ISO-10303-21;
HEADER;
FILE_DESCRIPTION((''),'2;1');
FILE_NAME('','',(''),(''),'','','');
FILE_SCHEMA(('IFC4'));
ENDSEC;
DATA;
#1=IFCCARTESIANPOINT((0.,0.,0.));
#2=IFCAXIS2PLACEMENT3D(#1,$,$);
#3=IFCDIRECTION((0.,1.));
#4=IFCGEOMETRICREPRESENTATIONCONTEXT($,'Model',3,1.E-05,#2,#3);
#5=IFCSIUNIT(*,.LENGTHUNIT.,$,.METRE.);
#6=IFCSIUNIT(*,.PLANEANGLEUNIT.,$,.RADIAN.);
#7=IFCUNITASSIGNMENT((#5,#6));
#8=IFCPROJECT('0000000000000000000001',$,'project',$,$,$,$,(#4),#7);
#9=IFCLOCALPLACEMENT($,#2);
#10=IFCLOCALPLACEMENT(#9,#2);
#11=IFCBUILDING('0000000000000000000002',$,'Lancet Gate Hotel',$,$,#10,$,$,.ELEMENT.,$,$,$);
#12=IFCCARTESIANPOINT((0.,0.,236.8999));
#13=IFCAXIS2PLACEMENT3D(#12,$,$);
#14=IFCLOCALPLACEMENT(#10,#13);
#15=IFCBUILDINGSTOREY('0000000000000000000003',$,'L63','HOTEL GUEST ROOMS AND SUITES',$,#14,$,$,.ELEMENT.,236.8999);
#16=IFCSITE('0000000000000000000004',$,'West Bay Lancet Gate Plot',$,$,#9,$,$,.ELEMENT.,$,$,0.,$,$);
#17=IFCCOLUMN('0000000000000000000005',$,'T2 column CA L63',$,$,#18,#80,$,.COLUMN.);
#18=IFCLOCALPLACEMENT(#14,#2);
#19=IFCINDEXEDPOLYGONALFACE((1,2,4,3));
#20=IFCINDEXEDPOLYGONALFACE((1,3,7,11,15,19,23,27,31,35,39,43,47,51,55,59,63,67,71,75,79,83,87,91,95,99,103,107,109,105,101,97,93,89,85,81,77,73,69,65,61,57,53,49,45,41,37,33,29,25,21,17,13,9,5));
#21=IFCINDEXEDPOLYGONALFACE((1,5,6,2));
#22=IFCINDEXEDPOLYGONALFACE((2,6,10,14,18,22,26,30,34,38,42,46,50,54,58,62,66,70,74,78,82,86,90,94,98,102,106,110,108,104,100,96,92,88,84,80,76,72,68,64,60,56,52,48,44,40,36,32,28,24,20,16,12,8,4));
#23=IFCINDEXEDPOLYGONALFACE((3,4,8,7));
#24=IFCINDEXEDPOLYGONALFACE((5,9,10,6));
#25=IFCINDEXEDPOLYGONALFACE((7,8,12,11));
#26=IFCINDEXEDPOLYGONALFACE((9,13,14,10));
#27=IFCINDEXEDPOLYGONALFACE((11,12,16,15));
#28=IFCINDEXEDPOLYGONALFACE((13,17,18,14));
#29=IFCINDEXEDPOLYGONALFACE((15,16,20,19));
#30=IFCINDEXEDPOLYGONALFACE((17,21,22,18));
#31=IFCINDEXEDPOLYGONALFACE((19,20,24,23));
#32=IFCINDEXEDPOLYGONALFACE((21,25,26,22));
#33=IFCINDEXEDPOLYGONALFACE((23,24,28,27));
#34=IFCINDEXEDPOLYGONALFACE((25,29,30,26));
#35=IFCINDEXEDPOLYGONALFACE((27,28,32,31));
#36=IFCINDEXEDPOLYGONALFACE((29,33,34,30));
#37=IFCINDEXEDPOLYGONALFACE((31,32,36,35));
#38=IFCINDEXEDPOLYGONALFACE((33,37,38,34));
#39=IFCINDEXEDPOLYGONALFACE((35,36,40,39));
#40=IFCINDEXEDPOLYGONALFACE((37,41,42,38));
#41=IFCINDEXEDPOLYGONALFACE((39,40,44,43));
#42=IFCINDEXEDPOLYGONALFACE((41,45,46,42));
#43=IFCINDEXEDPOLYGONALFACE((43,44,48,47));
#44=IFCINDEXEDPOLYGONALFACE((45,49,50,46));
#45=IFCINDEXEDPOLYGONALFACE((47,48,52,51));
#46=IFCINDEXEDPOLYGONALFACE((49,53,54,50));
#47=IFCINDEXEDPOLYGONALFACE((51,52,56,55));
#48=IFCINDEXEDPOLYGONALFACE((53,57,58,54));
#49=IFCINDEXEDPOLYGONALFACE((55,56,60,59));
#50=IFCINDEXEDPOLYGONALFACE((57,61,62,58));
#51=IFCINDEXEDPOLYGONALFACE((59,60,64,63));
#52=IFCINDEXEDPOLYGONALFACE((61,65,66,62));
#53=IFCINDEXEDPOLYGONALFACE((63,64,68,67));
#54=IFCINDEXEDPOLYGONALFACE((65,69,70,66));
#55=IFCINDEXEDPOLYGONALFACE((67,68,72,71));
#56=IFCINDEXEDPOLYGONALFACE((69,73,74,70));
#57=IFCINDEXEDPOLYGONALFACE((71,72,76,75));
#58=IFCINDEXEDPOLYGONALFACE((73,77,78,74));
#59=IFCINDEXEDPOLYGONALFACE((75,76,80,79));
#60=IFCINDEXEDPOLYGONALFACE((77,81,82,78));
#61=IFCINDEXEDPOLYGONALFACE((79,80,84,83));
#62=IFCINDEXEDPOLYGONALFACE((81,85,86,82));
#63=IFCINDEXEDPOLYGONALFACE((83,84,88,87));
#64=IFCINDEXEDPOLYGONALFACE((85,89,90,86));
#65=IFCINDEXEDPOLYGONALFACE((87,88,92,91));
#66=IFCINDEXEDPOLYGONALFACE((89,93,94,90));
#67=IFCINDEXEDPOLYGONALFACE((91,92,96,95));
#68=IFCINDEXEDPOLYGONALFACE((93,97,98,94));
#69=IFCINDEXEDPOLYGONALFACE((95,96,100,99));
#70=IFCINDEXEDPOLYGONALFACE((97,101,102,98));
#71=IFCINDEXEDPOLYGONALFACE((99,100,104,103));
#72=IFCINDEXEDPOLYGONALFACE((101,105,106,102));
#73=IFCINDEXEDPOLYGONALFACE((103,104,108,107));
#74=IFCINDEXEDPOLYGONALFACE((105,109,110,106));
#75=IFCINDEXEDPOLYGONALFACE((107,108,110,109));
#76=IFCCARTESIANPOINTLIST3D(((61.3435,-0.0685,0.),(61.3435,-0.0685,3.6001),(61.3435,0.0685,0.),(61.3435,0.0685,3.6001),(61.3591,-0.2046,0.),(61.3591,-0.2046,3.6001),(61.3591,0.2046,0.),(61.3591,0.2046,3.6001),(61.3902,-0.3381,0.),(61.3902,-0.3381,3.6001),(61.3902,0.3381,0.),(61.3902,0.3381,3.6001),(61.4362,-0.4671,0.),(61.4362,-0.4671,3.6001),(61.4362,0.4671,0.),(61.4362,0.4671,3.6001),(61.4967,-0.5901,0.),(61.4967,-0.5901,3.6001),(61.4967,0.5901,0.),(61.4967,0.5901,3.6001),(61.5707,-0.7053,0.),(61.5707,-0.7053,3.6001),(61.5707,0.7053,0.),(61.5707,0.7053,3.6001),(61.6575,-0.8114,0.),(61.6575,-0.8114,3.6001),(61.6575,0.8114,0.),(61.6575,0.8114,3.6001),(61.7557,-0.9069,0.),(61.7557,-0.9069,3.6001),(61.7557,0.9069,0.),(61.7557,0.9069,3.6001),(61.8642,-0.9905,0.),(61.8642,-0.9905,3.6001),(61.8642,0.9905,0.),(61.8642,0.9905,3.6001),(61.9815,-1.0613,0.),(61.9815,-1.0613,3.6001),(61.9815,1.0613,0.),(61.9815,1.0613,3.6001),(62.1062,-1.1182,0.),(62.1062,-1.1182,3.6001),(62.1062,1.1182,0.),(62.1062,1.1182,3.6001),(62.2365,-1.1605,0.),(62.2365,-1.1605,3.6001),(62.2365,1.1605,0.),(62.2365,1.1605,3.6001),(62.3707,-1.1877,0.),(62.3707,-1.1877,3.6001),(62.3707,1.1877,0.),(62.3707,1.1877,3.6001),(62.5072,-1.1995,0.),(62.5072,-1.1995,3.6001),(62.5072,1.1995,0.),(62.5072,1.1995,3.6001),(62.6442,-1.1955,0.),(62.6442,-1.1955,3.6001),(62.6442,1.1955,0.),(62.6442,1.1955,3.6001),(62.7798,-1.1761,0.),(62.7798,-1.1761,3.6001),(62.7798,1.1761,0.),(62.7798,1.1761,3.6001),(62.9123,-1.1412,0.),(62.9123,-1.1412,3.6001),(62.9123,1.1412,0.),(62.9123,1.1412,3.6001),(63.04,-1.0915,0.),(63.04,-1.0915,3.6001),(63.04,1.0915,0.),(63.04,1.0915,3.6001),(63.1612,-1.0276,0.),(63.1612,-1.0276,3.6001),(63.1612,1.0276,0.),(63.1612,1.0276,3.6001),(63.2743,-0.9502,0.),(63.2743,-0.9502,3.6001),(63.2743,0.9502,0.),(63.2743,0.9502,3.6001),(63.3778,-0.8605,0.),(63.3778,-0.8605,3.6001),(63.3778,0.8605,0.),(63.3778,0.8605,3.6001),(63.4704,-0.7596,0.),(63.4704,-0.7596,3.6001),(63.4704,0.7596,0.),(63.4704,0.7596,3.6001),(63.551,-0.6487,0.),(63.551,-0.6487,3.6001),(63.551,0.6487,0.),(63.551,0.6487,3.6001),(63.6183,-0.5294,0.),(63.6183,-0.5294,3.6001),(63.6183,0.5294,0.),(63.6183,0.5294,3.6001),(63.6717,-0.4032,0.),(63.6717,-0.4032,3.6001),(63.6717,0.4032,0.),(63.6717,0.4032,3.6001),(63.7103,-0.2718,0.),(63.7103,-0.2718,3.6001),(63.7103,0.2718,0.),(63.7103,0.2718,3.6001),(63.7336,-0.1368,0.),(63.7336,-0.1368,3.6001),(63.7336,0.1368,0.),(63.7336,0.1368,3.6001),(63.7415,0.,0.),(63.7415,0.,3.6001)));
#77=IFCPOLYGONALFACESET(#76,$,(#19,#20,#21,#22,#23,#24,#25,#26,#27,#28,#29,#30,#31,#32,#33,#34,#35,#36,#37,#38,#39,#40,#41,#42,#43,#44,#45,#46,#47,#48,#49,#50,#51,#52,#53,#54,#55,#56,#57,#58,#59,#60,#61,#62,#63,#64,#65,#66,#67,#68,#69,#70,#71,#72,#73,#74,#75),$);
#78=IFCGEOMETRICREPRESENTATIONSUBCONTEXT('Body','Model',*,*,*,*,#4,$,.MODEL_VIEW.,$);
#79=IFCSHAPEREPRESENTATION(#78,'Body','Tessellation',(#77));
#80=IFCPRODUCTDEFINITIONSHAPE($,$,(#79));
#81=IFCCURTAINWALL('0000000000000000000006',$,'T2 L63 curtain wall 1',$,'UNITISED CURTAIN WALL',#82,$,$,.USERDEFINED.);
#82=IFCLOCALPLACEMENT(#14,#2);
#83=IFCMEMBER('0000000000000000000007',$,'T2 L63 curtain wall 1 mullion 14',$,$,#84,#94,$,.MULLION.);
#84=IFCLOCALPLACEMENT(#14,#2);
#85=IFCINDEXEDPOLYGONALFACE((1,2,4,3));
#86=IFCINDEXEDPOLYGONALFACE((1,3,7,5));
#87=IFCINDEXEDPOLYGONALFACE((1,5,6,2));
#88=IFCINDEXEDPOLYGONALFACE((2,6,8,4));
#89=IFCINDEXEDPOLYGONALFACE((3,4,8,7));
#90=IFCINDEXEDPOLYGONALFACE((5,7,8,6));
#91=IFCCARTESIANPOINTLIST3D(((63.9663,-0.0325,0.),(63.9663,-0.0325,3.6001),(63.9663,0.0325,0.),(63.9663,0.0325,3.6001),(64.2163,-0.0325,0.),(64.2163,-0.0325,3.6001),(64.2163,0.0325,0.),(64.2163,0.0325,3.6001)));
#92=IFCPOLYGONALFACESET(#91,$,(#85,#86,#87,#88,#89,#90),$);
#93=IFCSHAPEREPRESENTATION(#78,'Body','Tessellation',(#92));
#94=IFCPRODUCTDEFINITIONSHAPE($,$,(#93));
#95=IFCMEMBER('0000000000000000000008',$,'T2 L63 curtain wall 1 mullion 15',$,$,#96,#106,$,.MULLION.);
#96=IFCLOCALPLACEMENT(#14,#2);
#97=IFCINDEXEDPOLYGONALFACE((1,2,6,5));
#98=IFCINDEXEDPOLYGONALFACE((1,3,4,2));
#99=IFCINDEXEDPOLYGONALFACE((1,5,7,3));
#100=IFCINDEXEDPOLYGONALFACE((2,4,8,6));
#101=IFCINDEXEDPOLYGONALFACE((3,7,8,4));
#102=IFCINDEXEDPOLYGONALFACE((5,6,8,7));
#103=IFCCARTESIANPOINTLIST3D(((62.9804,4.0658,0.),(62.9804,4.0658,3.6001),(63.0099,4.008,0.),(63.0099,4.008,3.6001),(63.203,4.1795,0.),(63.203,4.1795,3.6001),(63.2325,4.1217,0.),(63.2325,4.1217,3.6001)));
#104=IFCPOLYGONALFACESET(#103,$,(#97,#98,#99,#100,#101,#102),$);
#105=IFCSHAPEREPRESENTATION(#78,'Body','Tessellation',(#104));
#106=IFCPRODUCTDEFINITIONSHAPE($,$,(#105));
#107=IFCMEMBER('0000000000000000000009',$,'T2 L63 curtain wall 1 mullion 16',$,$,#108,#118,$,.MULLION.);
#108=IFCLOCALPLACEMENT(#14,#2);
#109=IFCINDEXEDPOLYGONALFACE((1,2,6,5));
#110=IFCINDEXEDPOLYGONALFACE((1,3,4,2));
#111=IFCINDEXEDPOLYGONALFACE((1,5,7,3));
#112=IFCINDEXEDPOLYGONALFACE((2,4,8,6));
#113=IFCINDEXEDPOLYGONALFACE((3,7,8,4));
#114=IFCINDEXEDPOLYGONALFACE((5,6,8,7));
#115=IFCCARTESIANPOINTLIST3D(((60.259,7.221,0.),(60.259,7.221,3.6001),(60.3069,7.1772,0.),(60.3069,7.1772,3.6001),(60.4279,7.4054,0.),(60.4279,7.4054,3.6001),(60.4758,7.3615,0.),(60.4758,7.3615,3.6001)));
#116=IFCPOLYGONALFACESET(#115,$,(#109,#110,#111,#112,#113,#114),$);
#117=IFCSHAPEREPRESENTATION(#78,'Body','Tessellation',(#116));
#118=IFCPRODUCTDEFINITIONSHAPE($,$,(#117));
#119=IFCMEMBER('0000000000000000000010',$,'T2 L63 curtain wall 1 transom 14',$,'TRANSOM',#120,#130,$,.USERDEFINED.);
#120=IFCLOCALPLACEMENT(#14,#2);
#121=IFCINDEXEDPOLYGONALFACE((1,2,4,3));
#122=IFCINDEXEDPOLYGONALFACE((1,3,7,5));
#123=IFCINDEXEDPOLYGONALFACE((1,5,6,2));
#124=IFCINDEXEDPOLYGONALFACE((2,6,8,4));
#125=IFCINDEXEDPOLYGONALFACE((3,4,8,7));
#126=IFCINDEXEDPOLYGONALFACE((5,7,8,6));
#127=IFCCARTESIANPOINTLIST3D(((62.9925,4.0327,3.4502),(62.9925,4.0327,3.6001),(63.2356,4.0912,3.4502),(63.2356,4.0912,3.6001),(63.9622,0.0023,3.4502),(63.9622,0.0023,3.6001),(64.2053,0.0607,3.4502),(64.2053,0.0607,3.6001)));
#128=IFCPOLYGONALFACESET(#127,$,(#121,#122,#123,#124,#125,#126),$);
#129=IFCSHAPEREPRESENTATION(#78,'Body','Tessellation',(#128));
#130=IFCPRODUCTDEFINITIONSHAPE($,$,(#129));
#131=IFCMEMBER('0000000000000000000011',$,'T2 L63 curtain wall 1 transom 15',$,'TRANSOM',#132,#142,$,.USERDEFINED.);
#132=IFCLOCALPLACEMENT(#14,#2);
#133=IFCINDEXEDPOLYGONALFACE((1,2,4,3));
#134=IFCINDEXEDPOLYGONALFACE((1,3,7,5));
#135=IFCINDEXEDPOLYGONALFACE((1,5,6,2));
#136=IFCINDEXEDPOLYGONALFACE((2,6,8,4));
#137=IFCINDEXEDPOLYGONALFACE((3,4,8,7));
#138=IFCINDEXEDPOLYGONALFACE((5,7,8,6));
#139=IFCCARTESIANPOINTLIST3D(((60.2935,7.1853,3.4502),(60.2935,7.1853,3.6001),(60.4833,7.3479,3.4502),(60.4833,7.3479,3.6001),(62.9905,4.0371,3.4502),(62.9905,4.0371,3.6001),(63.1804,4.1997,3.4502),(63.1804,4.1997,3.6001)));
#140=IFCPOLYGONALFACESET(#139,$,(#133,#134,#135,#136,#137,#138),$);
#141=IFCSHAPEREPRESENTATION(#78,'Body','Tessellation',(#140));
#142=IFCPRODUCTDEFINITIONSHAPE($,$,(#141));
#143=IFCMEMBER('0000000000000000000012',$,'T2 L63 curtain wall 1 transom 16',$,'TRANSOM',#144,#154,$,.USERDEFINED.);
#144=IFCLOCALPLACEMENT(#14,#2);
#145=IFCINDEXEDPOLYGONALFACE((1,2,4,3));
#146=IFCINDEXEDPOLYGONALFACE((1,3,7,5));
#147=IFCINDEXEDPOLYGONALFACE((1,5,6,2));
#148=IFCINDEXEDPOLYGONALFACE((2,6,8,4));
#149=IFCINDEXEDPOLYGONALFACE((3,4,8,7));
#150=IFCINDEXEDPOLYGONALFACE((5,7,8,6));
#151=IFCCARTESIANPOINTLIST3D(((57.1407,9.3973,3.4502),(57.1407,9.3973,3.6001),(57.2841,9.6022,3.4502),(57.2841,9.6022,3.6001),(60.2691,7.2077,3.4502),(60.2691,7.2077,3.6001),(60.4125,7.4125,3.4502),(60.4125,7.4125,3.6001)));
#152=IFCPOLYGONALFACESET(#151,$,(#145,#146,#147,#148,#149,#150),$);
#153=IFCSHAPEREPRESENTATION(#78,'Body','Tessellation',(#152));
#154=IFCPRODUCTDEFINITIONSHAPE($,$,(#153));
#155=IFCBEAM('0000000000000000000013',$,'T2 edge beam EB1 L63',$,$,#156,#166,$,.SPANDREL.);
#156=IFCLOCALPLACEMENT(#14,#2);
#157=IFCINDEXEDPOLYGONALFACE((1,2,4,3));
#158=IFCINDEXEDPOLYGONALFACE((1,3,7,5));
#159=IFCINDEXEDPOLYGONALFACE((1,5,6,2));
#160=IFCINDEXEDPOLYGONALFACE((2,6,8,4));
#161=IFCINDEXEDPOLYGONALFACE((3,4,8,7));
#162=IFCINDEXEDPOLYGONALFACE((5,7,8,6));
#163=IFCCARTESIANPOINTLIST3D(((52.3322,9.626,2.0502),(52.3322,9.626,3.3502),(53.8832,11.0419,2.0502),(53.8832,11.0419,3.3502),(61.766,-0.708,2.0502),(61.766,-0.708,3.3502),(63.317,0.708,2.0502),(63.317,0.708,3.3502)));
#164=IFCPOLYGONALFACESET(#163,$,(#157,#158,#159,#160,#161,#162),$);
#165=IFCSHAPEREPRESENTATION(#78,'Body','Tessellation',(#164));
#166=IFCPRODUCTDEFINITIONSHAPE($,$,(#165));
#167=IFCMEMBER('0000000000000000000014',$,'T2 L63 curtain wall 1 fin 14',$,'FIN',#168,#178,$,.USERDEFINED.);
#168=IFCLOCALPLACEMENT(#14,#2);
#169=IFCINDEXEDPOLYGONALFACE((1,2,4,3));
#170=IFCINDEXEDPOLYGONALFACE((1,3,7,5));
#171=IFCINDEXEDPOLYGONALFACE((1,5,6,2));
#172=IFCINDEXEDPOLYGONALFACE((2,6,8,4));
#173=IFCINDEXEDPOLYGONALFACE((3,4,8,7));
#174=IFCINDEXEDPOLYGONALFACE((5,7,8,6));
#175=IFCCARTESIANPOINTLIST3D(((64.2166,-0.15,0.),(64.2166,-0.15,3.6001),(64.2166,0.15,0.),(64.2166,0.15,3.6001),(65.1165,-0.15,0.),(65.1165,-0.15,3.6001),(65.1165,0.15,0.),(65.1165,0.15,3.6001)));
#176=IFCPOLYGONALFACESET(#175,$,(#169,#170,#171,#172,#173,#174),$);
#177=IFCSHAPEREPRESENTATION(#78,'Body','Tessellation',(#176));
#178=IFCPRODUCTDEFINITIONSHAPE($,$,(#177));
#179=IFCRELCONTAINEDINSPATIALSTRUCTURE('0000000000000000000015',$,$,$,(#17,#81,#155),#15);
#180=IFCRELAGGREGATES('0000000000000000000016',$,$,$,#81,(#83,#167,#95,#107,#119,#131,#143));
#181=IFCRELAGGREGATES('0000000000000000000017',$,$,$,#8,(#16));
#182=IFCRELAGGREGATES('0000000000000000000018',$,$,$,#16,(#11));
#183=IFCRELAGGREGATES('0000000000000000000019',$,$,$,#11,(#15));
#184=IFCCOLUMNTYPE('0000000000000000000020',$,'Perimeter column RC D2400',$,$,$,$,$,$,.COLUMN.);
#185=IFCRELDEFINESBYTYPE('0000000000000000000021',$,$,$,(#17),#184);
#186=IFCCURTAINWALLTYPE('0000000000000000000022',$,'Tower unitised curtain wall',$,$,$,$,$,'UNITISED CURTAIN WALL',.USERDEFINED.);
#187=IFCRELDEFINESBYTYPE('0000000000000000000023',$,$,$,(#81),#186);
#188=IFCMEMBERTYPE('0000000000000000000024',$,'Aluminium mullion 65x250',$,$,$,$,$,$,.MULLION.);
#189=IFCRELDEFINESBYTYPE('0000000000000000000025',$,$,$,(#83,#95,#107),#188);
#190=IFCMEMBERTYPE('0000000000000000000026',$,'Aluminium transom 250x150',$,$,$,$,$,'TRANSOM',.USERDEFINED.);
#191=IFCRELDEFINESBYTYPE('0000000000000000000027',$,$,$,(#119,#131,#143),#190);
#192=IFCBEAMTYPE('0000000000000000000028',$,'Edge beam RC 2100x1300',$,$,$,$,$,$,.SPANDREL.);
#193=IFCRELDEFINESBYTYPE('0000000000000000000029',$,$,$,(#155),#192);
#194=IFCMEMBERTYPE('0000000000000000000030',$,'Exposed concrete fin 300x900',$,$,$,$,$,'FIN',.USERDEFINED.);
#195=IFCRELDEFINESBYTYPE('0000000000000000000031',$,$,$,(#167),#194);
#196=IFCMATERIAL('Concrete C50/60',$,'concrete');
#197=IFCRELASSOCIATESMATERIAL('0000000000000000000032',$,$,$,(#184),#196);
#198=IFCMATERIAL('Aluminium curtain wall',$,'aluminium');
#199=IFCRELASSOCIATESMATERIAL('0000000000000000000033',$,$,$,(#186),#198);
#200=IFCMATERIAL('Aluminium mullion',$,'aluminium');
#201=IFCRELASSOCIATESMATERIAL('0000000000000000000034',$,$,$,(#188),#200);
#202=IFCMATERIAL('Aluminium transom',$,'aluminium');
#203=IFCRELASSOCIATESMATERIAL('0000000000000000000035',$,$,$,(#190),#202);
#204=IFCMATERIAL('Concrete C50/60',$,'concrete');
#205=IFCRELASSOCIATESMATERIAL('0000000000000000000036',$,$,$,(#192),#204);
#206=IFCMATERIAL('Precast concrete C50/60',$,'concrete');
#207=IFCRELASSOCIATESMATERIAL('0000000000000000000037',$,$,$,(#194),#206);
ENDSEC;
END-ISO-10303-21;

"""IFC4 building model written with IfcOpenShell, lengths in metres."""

from ifc_helpers import new_model, si_unit, direction, frame, origin, origin_2d, place, context, subcontext, project, spatial, rectangle, circle, extrude, material, material_profile, profile_set, type_object, element, aggregate, save


model = new_model("IFC4")

# Units and contexts
model_context = context("Model", 3, precision=1e-05, world=origin(), true_north=direction((0.0, 1.0)))
body_context = subcontext(model_context, "Body", "Model", "MODEL_VIEW")
ifc_project = project(units=[si_unit("LENGTHUNIT", "METRE"), si_unit("PLANEANGLEUNIT", "RADIAN")], contexts=[model_context])

# Site, building, storey
site_placement = place(None, origin())
site = spatial("IfcSite", under=ifc_project, at=site_placement, Name="West Bay Lancet Gate Plot", CompositionType="ELEMENT", RefElevation=0.0)
building_placement = place(site_placement, origin())
building = spatial("IfcBuilding", under=site, at=building_placement, Name="Lancet Gate Hotel", CompositionType="ELEMENT")
storey_placement = place(building_placement, frame((0.0, 0.0, 236.8999)))
storey = spatial("IfcBuildingStorey", under=building, at=storey_placement, Name="L63", Description="HOTEL GUEST ROOMS AND SUITES", CompositionType="ELEMENT", Elevation=236.8999)

# Column
ifc_material_1 = material(Name="Concrete C50/60", Category="concrete")
ifc_material_profile_1 = material_profile(ifc_material_1, circle(Radius=1.2, at=origin_2d()), Name="RC D2400")
ifc_profile_set_1 = profile_set([ifc_material_profile_1], Name="Concrete C50/60")
column_type = type_object("IfcColumnType", Name="Perimeter column RC D2400", PredefinedType="COLUMN", material=ifc_profile_set_1)
column_placement = place(storey_placement, frame((62.5415, 0.0, 0.0), z_axis=(0.0, 0.0, 1.0), x_axis=(1.0, 0.0, 0.0)))
element("IfcColumn", 1, at=column_placement, inside=storey, type_object=column_type, Name="T2 column CA L63", PredefinedType="COLUMN", context=body_context, shape_type="SweptSolid", body=[
    extrude(circle(Radius=1.2, at=origin_2d()), origin(), (0.0, 0.0, 1.0), 3.6001),
])

# Curtain wall, members
ifc_material_2 = material(Name="Aluminium curtain wall", Category="aluminium")
curtain_wall_type = type_object("IfcCurtainWallType", Name="Tower unitised curtain wall", ElementType="UNITISED CURTAIN WALL", PredefinedType="USERDEFINED", material=ifc_material_2)
curtain_wall_placement = place(storey_placement, origin())
curtain_wall = element("IfcCurtainWall", 2, at=curtain_wall_placement, inside=storey, type_object=curtain_wall_type, Name="T2 L63 curtain wall 1", ObjectType="UNITISED CURTAIN WALL", PredefinedType="USERDEFINED")
ifc_material_3 = material(Name="Aluminium mullion", Category="aluminium")
ifc_material_profile_2 = material_profile(ifc_material_3, rectangle(XDim=0.0649, YDim=0.25, at=origin_2d()), Name="MULLION 65x250")
ifc_profile_set_2 = profile_set([ifc_material_profile_2], Name="Aluminium mullion")
member_type_1 = type_object("IfcMemberType", Name="Aluminium mullion 65x250", PredefinedType="MULLION", material=ifc_profile_set_2)
member_1_placement = place(storey_placement, frame((64.0913, 0.0, 0.0), z_axis=(0.0, 0.0, 1.0), x_axis=(0.0, 1.0, 0.0)))
member_1 = element("IfcMember", 3, at=member_1_placement, type_object=member_type_1, Name="T2 L63 curtain wall 1 mullion 14", PredefinedType="MULLION", context=body_context, shape_type="SweptSolid", body=[
    extrude(rectangle(XDim=0.0649, YDim=0.25, at=origin_2d()), origin(), (0.0, 0.0, 1.0), 3.6001),
])
member_2_placement = place(storey_placement, frame((63.1064, 4.0938, 0.0), z_axis=(0.0, 0.0, 1.0), x_axis=(-0.454853, 0.890567, 0.0)))
member_2 = element("IfcMember", 4, at=member_2_placement, type_object=member_type_1, Name="T2 L63 curtain wall 1 mullion 15", PredefinedType="MULLION", context=body_context, shape_type="SweptSolid", body=[
    extrude(rectangle(XDim=0.0649, YDim=0.25, at=origin_2d()), origin(), (0.0, 0.0, 1.0), 3.6001),
])
member_3_placement = place(storey_placement, frame((60.3674, 7.2913, 0.0), z_axis=(0.0, 0.0, 1.0), x_axis=(-0.737323, 0.67554, 0.0)))
member_3 = element("IfcMember", 5, at=member_3_placement, type_object=member_type_1, Name="T2 L63 curtain wall 1 mullion 16", PredefinedType="MULLION", context=body_context, shape_type="SweptSolid", body=[
    extrude(rectangle(XDim=0.0649, YDim=0.25, at=origin_2d()), origin(), (0.0, 0.0, 1.0), 3.6001),
])
ifc_material_4 = material(Name="Aluminium transom", Category="aluminium")
ifc_material_profile_3 = material_profile(ifc_material_4, rectangle(XDim=0.25, YDim=0.1499, at=origin_2d()), Name="TRANSOM 250x150")
ifc_profile_set_3 = profile_set([ifc_material_profile_3], Name="Aluminium transom")
member_type_2 = type_object("IfcMemberType", Name="Aluminium transom 250x150", ElementType="TRANSOM", PredefinedType="USERDEFINED", material=ifc_profile_set_3)
member_4_placement = place(storey_placement, frame((64.0837, 0.0315, 3.5251), z_axis=(-0.233921, 0.972256, 0.0), x_axis=(-0.972256, -0.233921, 0.0)))
member_4 = element("IfcMember", 6, at=member_4_placement, type_object=member_type_2, Name="T2 L63 curtain wall 1 transom 14", ObjectType="TRANSOM", PredefinedType="USERDEFINED", context=body_context, shape_type="SweptSolid", body=[
    extrude(rectangle(XDim=0.25, YDim=0.1499, at=origin_2d()), origin(), (0.0, 0.0, 1.0), 4.1455),
])
member_5_placement = place(storey_placement, frame((63.0854, 4.1184, 3.5251), z_axis=(-0.650593, 0.759427, 0.0), x_axis=(-0.759427, -0.650593, 0.0)))
member_5 = element("IfcMember", 7, at=member_5_placement, type_object=member_type_2, Name="T2 L63 curtain wall 1 transom 15", ObjectType="TRANSOM", PredefinedType="USERDEFINED", context=body_context, shape_type="SweptSolid", body=[
    extrude(rectangle(XDim=0.25, YDim=0.1499, at=origin_2d()), origin(), (0.0, 0.0, 1.0), 4.1455),
])
member_6_placement = place(storey_placement, frame((60.3408, 7.3101, 3.5251), z_axis=(-0.819256, 0.573428, 0.0), x_axis=(-0.573428, -0.819256, 0.0)))
member_6 = element("IfcMember", 8, at=member_6_placement, type_object=member_type_2, Name="T2 L63 curtain wall 1 transom 16", ObjectType="TRANSOM", PredefinedType="USERDEFINED", context=body_context, shape_type="SweptSolid", body=[
    extrude(rectangle(XDim=0.25, YDim=0.1499, at=origin_2d()), origin(), (0.0, 0.0, 1.0), 3.8186),
])

# Beam
ifc_material_5 = material(Name="Concrete C50/60", Category="concrete")
ifc_material_profile_4 = material_profile(ifc_material_5, rectangle(XDim=2.1001, YDim=1.3, at=origin_2d()), Name="RC 2100x1300")
ifc_profile_set_4 = profile_set([ifc_material_profile_4], Name="Concrete C50/60")
beam_type_1 = type_object("IfcBeamType", Name="Edge beam RC 2100x1300", PredefinedType="SPANDREL", material=ifc_profile_set_4)
beam_1_placement = place(storey_placement, frame((62.5415, 0.0, 2.7002), z_axis=(-0.674209, 0.73854, 0.0), x_axis=(-0.73854, -0.674209, 0.0)))
element("IfcBeam", 9, at=beam_1_placement, inside=storey, type_object=beam_type_1, Name="T2 edge beam EB1 L63", PredefinedType="SPANDREL", context=body_context, shape_type="SweptSolid", body=[
    extrude(rectangle(XDim=2.1001, YDim=1.3, at=origin_2d()), origin(), (0.0, 0.0, 1.0), 13.9924),
])

# Member
ifc_material_6 = material(Name="Precast concrete C50/60", Category="concrete")
ifc_material_profile_5 = material_profile(ifc_material_6, rectangle(XDim=0.3, YDim=0.8999, at=origin_2d()), Name="FIN 300x900")
ifc_profile_set_5 = profile_set([ifc_material_profile_5], Name="Precast concrete C50/60")
member_type_3 = type_object("IfcMemberType", Name="Exposed concrete fin 300x900", ElementType="FIN", PredefinedType="USERDEFINED", material=ifc_profile_set_5)
member_7_placement = place(storey_placement, frame((64.6665, 0.0, 0.0), z_axis=(0.0, 0.0, 1.0), x_axis=(0.0, 1.0, 0.0)))
member_7 = element("IfcMember", 10, at=member_7_placement, type_object=member_type_3, Name="T2 L63 curtain wall 1 fin 14", ObjectType="FIN", PredefinedType="USERDEFINED", context=body_context, shape_type="SweptSolid", body=[
    extrude(rectangle(XDim=0.3, YDim=0.8999, at=origin_2d()), origin(), (0.0, 0.0, 1.0), 3.6001),
])

aggregate(curtain_wall, [member_1, member_7, member_2, member_3, member_4, member_5, member_6])

save(model, "model.ifc")
